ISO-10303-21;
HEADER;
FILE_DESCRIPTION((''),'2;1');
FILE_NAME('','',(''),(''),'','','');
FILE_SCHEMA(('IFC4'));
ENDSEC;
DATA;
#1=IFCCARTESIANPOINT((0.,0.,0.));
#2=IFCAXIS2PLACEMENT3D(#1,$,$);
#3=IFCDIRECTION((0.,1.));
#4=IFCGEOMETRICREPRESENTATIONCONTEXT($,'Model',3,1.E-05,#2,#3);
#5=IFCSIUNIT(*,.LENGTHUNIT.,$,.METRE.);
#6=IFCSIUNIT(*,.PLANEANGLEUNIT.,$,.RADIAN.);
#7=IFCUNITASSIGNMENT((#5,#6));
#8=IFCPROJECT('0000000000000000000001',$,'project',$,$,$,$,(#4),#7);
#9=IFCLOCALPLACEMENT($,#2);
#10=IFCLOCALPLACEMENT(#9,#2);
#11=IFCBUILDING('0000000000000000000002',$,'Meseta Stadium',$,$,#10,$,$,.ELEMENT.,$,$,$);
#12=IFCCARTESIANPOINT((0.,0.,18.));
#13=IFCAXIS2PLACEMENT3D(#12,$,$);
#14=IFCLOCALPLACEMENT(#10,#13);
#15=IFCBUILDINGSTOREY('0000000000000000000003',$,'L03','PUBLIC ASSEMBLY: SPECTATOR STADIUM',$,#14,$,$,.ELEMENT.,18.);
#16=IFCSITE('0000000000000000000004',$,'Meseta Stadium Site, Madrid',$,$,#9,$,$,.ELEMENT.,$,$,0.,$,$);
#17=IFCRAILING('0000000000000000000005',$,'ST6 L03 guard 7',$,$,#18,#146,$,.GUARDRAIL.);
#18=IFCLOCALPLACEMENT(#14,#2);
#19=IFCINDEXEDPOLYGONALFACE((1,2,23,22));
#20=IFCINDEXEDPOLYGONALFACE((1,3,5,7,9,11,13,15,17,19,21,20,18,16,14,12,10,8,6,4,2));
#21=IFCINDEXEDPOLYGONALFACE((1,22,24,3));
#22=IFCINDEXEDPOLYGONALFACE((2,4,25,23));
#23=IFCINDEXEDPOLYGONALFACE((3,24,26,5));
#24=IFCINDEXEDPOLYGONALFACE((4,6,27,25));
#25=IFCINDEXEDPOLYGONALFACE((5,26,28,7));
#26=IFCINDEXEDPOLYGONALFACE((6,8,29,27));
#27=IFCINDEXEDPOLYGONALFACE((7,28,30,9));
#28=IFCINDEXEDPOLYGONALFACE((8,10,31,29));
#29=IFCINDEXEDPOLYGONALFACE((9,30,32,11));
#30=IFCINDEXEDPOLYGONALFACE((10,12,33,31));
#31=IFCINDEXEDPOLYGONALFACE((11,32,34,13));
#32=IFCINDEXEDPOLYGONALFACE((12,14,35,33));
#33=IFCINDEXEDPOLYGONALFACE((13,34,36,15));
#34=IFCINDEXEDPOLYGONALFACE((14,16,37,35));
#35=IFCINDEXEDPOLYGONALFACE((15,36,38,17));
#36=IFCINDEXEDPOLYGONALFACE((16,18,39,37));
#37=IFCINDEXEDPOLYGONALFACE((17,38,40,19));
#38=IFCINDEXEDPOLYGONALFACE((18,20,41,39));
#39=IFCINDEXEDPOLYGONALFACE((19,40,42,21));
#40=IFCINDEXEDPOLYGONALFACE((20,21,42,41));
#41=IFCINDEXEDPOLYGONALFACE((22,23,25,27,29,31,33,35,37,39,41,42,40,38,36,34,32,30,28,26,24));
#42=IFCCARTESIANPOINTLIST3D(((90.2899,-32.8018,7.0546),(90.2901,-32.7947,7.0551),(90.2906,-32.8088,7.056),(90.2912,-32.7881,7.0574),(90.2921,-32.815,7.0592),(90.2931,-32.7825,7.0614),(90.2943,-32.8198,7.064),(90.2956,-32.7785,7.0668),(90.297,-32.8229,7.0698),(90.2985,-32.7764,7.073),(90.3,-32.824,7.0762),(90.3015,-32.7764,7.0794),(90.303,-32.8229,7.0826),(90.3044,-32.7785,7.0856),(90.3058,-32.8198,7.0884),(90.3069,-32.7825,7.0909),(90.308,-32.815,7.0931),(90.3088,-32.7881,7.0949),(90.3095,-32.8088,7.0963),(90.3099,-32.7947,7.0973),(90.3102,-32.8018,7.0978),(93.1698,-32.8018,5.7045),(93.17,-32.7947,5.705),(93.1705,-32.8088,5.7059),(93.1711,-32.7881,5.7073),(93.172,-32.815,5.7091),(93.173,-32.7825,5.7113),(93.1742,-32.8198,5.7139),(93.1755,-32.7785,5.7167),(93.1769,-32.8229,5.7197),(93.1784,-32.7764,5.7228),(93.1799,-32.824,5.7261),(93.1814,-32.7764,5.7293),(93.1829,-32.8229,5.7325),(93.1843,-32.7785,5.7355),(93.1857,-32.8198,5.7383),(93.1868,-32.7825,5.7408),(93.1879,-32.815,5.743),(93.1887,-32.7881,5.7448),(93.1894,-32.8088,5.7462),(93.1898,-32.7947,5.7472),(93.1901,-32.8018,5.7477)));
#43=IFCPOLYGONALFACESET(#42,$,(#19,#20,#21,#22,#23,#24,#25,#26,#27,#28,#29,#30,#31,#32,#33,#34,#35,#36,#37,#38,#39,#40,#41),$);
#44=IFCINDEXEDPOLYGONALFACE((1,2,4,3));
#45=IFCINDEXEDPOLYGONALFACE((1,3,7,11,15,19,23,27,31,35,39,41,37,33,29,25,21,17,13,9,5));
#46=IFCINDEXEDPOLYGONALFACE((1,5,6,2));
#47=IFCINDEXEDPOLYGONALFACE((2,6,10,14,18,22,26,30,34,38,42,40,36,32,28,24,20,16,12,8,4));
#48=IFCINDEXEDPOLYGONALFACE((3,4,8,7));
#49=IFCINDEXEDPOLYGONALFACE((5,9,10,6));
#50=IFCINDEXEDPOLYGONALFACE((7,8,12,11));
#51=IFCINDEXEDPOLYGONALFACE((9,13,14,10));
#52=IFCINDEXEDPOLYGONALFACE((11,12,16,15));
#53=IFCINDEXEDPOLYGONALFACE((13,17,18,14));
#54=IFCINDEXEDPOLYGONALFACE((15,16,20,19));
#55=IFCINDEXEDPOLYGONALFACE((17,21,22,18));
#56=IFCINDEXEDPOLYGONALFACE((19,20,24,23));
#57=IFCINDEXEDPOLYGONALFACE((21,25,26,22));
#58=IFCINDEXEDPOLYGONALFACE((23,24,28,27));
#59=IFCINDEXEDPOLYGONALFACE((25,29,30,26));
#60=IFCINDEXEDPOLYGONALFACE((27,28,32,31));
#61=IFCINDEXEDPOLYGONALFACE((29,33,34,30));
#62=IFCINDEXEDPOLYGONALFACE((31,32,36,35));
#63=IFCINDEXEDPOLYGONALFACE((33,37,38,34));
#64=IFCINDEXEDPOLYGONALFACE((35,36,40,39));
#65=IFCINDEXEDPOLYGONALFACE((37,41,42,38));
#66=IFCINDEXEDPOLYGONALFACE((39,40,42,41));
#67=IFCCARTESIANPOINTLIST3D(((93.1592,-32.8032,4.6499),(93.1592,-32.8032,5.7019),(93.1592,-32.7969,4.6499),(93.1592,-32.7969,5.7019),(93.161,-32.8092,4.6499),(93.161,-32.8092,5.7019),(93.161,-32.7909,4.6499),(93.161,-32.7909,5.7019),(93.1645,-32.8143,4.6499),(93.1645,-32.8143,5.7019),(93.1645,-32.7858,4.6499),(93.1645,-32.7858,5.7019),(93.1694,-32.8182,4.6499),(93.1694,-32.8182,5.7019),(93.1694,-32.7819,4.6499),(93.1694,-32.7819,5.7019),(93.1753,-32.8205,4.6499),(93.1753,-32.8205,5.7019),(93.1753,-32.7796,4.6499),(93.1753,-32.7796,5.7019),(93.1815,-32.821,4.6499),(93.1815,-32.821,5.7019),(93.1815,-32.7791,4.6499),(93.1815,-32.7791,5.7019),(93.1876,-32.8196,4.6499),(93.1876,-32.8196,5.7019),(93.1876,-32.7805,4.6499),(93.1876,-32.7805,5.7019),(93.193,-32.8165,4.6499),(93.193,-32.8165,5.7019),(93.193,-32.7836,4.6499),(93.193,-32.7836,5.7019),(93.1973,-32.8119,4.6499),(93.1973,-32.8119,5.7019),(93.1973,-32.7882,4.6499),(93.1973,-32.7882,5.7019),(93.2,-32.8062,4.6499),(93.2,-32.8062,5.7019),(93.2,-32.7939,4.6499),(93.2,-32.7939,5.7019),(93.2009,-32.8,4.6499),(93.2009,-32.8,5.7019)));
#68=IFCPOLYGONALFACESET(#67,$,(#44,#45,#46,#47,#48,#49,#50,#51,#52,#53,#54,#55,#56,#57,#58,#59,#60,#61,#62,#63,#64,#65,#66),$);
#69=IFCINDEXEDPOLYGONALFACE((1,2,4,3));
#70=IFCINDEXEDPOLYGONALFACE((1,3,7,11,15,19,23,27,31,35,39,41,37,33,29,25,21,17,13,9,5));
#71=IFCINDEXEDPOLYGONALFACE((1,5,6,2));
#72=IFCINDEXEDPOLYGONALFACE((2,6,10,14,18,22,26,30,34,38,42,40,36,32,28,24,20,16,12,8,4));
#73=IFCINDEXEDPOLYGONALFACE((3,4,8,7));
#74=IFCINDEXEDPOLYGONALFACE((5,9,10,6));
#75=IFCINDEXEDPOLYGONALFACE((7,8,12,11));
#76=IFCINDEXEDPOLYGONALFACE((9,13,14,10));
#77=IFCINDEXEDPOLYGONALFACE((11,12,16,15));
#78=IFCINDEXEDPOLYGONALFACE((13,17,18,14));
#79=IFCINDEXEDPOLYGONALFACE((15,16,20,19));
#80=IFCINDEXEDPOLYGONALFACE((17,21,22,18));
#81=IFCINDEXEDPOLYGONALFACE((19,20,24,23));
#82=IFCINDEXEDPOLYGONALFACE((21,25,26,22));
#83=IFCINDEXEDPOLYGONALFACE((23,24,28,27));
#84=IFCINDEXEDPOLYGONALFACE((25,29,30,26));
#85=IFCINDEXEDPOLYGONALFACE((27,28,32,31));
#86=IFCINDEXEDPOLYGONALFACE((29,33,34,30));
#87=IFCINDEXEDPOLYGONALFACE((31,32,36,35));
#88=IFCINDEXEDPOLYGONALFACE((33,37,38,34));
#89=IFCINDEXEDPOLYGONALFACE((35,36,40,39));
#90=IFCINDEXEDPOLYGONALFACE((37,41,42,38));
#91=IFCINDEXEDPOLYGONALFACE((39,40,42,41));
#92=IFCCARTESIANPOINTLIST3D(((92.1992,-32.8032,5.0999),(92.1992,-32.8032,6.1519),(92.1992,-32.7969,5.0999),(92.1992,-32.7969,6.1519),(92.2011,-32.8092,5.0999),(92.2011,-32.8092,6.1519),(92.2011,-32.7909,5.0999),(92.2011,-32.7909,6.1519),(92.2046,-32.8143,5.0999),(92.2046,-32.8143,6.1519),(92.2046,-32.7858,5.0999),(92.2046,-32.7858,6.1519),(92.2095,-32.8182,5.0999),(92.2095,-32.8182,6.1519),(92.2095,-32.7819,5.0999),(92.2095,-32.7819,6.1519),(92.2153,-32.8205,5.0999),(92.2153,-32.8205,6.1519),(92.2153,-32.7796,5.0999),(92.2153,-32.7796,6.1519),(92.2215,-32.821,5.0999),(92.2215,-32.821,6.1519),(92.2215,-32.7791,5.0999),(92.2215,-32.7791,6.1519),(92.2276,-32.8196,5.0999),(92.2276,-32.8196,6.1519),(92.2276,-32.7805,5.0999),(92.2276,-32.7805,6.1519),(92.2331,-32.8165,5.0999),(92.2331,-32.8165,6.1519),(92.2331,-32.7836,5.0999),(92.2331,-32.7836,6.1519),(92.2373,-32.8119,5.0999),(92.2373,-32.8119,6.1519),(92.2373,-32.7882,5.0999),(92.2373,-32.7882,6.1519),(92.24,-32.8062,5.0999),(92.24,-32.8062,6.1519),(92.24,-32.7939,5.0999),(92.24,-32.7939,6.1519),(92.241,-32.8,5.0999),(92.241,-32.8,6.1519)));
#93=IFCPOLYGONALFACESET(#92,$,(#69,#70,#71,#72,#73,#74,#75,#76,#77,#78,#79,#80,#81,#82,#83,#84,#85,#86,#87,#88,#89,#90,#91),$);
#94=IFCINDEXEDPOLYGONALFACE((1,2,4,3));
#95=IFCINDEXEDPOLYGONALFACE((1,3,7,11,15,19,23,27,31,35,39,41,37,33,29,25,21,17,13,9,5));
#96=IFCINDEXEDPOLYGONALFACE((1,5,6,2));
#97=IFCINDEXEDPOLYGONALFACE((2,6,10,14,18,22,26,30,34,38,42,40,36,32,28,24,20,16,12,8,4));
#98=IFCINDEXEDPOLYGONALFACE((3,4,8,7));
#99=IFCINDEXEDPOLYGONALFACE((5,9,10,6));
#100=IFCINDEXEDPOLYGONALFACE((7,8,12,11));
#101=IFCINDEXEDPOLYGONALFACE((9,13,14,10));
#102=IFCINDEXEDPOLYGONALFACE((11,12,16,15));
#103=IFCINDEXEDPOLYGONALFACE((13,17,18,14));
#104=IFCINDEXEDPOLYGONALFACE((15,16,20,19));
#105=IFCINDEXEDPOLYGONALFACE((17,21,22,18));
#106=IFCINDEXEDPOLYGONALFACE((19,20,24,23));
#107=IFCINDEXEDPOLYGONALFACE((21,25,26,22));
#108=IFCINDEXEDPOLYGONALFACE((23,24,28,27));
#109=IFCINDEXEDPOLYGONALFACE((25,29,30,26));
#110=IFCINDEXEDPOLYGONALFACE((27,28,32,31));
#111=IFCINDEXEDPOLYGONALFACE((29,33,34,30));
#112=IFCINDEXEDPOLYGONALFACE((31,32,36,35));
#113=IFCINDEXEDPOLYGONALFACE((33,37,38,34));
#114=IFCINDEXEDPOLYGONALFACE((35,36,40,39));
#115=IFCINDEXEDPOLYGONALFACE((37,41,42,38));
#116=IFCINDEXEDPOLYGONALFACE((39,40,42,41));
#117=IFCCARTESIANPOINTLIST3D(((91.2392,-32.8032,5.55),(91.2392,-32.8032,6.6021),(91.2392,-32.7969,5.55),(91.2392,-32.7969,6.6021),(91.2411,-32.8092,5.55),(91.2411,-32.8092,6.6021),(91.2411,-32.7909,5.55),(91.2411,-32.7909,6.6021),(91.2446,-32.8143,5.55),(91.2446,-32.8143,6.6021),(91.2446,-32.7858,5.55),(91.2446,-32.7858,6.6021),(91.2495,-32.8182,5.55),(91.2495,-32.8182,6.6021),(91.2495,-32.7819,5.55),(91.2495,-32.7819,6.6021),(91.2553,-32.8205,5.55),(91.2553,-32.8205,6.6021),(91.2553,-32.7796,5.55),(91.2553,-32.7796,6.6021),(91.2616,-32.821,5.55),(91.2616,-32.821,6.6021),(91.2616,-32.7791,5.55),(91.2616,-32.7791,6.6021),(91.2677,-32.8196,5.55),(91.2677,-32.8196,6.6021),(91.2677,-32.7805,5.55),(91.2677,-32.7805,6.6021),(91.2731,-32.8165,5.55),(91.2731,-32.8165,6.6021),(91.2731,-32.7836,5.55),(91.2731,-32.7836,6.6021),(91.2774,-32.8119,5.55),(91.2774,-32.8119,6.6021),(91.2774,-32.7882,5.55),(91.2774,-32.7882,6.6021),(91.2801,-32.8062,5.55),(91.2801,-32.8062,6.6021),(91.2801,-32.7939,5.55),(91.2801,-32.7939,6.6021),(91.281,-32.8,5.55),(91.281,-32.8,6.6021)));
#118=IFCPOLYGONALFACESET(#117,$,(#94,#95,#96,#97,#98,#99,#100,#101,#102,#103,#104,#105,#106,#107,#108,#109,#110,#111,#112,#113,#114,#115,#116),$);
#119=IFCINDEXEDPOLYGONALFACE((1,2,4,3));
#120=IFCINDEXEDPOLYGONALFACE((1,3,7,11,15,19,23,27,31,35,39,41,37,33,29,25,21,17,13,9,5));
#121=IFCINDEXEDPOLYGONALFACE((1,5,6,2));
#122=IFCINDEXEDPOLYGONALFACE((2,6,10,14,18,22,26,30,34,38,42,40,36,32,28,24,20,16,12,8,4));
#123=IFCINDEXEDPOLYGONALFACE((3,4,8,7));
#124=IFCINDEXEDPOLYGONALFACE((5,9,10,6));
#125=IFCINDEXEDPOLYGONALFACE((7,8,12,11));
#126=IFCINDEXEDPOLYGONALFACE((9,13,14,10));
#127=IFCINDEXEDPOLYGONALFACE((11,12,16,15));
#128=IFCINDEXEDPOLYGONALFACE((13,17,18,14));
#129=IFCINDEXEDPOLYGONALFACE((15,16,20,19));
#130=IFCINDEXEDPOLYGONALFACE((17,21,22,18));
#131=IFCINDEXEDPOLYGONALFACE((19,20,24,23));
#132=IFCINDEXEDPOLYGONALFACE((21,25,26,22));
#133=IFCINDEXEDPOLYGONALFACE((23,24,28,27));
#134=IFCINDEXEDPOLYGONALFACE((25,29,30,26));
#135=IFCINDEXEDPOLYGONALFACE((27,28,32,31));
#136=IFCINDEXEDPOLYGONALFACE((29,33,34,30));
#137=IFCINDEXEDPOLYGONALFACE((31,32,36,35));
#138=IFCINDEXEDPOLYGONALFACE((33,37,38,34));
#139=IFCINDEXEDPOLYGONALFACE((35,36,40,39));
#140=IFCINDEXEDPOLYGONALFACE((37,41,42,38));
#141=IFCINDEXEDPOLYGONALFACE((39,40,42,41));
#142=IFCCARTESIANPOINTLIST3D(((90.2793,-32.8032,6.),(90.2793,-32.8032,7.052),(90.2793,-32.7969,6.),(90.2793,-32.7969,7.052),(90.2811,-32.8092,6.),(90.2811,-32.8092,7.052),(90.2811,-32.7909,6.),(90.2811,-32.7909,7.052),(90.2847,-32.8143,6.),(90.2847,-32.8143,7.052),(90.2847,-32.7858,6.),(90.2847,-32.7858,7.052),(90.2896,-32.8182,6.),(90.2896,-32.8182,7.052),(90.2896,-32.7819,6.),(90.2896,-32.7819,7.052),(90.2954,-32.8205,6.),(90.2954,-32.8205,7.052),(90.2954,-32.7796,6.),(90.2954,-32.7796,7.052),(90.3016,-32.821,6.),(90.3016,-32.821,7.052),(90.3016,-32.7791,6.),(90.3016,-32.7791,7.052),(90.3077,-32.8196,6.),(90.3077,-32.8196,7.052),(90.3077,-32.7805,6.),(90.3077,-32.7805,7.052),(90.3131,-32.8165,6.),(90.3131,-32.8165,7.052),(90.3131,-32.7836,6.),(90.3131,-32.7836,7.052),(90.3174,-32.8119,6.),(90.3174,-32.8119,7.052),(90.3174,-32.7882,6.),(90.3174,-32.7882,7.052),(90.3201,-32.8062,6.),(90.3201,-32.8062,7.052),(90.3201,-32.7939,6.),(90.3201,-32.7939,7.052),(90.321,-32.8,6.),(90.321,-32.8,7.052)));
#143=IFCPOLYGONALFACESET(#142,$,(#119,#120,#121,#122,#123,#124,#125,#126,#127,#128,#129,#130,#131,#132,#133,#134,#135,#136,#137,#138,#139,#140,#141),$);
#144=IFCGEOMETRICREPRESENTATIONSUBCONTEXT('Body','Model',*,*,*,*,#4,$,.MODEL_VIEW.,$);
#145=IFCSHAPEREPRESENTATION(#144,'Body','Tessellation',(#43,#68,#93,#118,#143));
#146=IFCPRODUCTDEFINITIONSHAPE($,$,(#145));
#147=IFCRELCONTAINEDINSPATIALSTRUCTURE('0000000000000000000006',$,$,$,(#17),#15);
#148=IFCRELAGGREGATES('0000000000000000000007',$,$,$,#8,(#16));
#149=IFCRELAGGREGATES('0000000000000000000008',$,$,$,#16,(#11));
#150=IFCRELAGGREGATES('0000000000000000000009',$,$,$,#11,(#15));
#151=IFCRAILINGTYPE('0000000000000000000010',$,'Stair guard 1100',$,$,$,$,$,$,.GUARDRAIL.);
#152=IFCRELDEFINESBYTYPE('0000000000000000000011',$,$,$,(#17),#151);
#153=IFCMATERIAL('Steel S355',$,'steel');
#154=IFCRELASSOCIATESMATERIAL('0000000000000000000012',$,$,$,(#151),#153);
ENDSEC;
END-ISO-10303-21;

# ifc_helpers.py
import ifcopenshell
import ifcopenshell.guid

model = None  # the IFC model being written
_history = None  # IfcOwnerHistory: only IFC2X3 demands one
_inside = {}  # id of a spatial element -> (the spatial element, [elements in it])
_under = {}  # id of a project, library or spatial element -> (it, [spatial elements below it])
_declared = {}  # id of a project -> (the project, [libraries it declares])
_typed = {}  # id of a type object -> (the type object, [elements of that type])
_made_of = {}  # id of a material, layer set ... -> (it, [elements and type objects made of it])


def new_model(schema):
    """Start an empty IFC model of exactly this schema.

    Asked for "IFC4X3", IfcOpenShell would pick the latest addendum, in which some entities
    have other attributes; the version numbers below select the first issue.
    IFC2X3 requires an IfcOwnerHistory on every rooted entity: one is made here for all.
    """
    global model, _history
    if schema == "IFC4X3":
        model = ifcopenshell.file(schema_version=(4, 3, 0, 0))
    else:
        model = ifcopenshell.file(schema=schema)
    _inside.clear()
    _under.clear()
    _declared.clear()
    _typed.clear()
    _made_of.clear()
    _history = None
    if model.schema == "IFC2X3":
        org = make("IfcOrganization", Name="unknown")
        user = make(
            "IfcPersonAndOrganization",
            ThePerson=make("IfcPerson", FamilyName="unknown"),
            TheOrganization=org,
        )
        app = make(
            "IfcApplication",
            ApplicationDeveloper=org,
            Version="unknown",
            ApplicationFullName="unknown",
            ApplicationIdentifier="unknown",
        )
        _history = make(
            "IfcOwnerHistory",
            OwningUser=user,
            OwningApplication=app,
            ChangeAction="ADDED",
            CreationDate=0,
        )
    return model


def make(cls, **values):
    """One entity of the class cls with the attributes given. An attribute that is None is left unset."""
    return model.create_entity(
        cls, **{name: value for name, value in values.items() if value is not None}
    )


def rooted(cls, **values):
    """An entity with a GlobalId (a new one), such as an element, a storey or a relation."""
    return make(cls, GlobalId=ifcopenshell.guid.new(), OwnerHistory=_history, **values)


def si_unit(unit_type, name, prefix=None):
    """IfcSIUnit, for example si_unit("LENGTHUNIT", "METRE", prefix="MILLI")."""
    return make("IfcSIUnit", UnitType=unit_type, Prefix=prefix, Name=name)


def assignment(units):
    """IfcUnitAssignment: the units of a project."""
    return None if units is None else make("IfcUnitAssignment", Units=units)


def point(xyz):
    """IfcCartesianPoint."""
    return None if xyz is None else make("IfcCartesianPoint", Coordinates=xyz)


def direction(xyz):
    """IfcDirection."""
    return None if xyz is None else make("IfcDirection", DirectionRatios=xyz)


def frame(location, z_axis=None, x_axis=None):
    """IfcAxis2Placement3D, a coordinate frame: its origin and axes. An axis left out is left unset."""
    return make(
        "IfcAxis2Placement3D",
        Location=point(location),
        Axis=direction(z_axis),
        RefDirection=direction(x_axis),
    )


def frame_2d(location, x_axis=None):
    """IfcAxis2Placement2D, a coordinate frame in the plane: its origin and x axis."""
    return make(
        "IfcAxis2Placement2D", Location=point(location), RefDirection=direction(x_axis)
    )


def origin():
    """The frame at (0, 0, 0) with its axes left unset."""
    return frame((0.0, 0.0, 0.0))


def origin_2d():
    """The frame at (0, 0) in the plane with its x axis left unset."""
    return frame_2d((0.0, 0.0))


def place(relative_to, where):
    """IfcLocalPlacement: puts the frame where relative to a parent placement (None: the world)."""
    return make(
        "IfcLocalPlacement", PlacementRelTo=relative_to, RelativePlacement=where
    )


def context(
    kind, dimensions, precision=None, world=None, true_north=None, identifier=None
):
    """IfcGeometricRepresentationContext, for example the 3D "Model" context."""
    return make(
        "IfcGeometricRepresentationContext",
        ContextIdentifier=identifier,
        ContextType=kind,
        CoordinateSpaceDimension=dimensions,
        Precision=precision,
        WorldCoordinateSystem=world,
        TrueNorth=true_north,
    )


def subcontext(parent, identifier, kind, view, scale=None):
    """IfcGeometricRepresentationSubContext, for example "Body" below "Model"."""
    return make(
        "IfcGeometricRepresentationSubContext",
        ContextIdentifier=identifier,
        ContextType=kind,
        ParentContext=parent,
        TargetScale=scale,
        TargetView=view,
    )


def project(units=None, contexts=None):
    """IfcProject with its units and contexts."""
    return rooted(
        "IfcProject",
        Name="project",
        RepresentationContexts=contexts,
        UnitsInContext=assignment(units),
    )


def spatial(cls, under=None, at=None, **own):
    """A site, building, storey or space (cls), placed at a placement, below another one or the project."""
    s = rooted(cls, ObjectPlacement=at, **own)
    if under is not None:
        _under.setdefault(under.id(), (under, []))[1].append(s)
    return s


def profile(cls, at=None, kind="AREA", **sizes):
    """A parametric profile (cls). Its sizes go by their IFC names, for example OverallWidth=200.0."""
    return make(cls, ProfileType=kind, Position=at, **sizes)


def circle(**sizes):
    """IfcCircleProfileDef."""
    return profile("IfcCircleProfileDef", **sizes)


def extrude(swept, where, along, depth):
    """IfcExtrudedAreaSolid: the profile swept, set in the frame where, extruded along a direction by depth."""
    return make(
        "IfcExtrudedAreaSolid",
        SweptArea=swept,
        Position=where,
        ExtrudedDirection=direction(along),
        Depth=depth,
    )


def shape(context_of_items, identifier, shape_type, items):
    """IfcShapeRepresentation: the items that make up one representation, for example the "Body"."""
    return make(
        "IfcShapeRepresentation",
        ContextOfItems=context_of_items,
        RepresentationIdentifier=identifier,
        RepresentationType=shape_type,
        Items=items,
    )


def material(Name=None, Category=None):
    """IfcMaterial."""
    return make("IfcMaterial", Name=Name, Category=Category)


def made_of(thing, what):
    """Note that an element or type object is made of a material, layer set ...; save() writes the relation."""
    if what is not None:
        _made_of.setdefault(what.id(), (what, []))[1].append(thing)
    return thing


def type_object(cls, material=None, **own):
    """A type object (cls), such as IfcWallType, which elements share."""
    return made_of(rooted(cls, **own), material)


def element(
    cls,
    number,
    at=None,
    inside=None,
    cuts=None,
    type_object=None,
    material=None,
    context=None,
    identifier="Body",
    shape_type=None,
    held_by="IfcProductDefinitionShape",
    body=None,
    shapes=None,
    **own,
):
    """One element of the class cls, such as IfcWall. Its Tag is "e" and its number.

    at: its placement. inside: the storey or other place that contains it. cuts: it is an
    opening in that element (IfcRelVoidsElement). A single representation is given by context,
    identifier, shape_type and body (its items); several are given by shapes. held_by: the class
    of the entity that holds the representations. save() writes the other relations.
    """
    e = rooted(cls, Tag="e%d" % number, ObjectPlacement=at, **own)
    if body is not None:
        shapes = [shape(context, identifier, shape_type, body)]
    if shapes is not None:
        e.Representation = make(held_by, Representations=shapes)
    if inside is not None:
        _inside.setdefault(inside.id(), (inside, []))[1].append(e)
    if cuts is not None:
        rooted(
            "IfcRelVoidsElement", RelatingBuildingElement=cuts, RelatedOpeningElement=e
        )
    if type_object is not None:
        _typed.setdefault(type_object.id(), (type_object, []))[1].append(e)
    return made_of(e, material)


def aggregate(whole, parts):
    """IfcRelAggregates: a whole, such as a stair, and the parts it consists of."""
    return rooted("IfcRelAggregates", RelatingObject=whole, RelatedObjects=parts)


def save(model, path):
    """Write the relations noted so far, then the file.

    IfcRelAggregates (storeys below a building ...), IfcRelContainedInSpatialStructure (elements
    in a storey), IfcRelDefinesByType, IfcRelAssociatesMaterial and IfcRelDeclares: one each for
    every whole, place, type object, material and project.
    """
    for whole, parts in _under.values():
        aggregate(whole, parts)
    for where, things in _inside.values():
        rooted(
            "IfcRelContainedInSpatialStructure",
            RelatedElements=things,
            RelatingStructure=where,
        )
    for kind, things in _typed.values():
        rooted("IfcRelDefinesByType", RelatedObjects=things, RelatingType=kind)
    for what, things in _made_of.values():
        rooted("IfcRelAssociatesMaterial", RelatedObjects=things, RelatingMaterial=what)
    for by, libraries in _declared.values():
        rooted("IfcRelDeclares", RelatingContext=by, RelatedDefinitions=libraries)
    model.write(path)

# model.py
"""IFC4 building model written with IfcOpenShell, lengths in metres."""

from ifc_helpers import new_model, si_unit, direction, frame, origin, origin_2d, place, context, subcontext, project, spatial, circle, extrude, material, type_object, element, save


model = new_model("IFC4")

# Units and contexts
model_context = context("Model", 3, precision=1e-05, world=origin(), true_north=direction((0.0, 1.0)))
body_context = subcontext(model_context, "Body", "Model", "MODEL_VIEW")
ifc_project = project(units=[si_unit("LENGTHUNIT", "METRE"), si_unit("PLANEANGLEUNIT", "RADIAN")], contexts=[model_context])

# Site, building, storey
site_placement = place(None, origin())
site = spatial("IfcSite", under=ifc_project, at=site_placement, Name="Meseta Stadium Site, Madrid", CompositionType="ELEMENT", RefElevation=0.0)
building_placement = place(site_placement, origin())
building = spatial("IfcBuilding", under=site, at=building_placement, Name="Meseta Stadium", CompositionType="ELEMENT")
storey_placement = place(building_placement, frame((0.0, 0.0, 18.0)))
storey = spatial("IfcBuildingStorey", under=building, at=storey_placement, Name="L03", Description="PUBLIC ASSEMBLY: SPECTATOR STADIUM", CompositionType="ELEMENT", Elevation=18.0)

# Railing
ifc_material_1 = material(Name="Steel S355", Category="steel")
railing_type_1 = type_object("IfcRailingType", Name="Stair guard 1100", PredefinedType="GUARDRAIL", material=ifc_material_1)
railing_1_placement = place(storey_placement, frame((93.1799, -32.8, 4.6499)))
element("IfcRailing", 1, at=railing_1_placement, inside=storey, type_object=railing_type_1, Name="ST6 L03 guard 7", PredefinedType="GUARDRAIL", context=body_context, shape_type="SweptSolid", body=[
    extrude(circle(Radius=0.0239, at=origin_2d()), frame((0.0, 0.0, 1.0762), z_axis=(-0.90544, 0.0, 0.424473), x_axis=(0.0, -1.0, 0.0)), (0.0, 0.0, 1.0), 3.1807),
    extrude(circle(Radius=0.021, at=origin_2d()), origin(), (0.0, 0.0, 1.0), 1.052),
    extrude(circle(Radius=0.021, at=origin_2d()), frame((-0.96, 0.0, 0.45)), (0.0, 0.0, 1.0), 1.052),
    extrude(circle(Radius=0.021, at=origin_2d()), frame((-1.9199, 0.0, 0.9001)), (0.0, 0.0, 1.0), 1.052),
    extrude(circle(Radius=0.021, at=origin_2d()), frame((-2.8799, 0.0, 1.3501)), (0.0, 0.0, 1.0), 1.052),
])

save(model, "model.ifc")
